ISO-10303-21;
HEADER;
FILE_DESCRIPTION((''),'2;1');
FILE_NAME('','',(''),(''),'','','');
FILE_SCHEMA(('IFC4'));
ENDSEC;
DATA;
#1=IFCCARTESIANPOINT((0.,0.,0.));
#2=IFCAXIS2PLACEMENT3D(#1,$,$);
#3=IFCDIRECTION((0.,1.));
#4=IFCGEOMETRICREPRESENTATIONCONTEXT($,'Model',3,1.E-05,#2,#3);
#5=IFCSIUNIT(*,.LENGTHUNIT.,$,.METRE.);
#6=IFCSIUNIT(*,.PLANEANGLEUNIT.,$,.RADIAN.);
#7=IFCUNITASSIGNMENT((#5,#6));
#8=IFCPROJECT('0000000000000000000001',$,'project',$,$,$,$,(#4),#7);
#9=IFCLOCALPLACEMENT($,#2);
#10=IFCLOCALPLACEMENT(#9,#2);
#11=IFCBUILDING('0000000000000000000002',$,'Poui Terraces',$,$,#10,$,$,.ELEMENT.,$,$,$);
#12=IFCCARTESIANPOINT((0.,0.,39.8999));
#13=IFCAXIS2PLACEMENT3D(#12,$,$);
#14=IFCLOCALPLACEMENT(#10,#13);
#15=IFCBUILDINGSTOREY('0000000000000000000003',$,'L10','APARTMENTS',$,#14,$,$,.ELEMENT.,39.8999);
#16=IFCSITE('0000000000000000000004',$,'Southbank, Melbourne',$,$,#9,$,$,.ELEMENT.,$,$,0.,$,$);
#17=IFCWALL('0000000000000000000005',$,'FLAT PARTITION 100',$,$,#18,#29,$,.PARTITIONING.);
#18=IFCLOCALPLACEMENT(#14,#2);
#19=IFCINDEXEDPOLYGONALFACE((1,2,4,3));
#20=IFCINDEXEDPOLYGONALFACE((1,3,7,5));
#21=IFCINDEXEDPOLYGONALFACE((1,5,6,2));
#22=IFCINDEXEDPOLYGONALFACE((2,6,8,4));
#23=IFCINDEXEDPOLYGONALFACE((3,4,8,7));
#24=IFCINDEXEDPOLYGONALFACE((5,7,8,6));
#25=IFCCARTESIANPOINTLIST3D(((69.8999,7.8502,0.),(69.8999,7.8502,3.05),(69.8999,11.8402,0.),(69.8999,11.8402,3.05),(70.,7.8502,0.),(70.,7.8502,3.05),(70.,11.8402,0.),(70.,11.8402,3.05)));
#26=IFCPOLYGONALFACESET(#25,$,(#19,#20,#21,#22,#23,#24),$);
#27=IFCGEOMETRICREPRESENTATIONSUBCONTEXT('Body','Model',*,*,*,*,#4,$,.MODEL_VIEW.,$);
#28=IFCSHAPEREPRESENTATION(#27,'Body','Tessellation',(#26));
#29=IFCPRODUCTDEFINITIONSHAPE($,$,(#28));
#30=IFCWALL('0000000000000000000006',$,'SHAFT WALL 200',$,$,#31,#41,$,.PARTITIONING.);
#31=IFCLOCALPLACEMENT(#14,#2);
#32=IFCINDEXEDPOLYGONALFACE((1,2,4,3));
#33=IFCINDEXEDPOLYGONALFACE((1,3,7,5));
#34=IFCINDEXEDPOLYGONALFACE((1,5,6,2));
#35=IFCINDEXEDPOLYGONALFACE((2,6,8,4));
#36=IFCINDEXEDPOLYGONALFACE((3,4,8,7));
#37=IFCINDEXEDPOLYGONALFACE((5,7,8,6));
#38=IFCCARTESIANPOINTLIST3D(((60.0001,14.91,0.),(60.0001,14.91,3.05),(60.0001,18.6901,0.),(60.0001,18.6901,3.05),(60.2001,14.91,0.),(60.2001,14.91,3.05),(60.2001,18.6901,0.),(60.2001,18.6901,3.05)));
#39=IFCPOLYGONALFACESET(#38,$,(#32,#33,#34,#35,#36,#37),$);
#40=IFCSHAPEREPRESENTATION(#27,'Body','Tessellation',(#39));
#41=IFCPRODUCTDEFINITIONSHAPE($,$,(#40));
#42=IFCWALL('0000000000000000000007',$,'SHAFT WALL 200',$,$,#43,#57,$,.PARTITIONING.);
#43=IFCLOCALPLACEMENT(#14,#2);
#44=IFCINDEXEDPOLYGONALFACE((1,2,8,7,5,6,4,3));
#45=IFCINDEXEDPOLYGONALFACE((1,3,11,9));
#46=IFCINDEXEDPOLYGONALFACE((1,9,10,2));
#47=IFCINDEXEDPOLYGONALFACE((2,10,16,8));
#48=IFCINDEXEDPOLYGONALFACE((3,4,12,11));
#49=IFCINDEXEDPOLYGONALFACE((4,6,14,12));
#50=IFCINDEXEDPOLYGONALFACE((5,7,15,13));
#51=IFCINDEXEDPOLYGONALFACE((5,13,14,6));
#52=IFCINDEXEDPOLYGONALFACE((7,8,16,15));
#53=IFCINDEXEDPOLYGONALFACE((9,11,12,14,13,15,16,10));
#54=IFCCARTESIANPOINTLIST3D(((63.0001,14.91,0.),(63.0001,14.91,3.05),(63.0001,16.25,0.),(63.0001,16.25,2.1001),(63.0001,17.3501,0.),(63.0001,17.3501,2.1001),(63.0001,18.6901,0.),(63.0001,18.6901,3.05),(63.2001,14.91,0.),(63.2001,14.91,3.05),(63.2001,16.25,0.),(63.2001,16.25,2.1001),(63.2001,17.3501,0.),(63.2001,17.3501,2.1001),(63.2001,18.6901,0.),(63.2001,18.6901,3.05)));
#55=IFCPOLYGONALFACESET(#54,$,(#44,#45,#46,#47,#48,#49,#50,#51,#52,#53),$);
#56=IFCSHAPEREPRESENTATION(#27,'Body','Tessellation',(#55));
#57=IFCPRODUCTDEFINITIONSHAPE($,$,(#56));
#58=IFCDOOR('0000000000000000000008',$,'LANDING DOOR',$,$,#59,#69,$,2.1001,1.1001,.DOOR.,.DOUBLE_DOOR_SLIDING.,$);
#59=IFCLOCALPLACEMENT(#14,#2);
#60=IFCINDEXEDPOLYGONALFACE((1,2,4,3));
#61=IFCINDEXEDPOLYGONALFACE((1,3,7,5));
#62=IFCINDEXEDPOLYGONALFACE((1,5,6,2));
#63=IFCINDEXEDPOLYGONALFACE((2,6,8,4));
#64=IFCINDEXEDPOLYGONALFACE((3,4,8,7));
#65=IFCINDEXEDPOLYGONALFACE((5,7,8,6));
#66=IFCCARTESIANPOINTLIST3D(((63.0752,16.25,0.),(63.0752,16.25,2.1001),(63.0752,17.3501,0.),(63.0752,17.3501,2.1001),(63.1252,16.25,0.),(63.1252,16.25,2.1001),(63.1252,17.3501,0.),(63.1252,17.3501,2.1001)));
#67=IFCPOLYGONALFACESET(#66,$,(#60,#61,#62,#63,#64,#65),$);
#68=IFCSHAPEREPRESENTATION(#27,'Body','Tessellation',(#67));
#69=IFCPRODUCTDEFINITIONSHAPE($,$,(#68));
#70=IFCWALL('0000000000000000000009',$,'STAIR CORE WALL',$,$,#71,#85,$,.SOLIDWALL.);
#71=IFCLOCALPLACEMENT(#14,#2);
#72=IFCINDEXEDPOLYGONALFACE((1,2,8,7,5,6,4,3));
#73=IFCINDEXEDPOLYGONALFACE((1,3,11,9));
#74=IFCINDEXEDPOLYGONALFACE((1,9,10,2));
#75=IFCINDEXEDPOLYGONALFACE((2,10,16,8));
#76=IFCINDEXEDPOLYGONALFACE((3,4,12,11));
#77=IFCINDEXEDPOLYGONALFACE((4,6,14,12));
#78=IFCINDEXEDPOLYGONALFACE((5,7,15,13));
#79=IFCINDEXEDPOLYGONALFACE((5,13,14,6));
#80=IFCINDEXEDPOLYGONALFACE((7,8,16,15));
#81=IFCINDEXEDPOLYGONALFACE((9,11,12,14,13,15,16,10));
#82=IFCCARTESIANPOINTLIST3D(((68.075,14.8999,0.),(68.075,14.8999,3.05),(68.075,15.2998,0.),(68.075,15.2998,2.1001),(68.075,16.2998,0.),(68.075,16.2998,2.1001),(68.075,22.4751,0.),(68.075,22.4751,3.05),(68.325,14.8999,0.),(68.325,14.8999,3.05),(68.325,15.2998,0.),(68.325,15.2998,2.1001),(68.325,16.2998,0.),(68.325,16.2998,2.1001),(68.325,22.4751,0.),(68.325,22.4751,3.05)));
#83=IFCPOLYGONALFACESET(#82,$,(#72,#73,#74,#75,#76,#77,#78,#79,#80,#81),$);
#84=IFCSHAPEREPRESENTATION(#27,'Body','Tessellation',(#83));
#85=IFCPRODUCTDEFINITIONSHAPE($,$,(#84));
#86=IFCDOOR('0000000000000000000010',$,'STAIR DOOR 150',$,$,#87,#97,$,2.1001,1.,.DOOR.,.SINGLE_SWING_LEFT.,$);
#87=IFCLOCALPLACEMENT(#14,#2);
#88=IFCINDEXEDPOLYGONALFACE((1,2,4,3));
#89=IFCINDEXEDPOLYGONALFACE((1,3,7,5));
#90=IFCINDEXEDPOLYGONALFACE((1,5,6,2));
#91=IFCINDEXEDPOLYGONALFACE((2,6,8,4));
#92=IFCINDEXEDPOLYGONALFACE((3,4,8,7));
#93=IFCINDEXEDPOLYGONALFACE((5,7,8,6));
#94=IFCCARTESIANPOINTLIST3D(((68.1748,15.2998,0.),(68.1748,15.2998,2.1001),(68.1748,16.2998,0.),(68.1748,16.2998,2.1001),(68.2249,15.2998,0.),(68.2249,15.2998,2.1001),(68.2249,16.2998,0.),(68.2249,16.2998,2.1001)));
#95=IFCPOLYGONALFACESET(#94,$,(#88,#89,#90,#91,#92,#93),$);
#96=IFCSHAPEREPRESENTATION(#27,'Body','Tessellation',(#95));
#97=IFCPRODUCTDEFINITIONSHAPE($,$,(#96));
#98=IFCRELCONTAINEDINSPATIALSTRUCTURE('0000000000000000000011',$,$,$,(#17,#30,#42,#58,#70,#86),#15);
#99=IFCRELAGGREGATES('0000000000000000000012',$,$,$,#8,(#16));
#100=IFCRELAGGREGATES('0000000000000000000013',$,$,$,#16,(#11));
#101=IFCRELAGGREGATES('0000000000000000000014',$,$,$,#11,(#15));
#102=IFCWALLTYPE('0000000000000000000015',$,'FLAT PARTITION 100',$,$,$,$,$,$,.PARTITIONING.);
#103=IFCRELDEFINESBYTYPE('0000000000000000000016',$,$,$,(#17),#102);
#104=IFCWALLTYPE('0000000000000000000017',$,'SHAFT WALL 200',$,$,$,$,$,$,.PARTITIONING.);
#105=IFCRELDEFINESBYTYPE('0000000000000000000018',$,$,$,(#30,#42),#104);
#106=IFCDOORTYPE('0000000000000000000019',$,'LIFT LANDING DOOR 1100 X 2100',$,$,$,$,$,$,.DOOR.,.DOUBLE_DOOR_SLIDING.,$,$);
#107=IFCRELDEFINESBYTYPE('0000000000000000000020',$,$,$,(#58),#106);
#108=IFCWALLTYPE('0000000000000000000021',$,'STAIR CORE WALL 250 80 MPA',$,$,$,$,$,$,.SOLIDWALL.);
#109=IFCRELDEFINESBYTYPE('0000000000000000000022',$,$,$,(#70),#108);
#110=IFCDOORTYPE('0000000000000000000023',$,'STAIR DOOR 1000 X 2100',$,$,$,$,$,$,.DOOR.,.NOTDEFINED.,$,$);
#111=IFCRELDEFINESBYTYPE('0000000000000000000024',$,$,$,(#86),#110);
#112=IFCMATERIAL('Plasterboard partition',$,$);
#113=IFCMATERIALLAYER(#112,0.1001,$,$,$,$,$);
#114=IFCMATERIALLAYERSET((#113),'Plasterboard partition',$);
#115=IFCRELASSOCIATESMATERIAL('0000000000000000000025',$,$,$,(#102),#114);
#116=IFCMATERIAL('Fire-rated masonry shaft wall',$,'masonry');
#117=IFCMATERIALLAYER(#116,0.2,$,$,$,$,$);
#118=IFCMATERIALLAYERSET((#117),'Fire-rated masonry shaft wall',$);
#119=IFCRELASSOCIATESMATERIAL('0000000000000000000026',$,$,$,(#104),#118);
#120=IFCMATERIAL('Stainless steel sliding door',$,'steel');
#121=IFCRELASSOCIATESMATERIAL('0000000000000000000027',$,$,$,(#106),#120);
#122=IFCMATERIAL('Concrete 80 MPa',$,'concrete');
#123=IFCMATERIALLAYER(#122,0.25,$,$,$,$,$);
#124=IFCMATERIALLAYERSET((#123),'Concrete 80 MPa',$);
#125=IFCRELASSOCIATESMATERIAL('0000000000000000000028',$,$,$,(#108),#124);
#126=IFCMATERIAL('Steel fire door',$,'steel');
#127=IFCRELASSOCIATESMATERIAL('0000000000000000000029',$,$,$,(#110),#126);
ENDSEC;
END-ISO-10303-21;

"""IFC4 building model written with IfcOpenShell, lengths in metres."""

from ifc_helpers import new_model, si_unit, direction, frame, frame_2d, origin, place, context, subcontext, project, spatial, rectangle, extrude, material, layer, layer_set, type_object, element, fill, save


model = new_model("IFC4")

# Units and contexts
model_context = context("Model", 3, precision=1e-05, world=origin(), true_north=direction((0.0, 1.0)))
body_context = subcontext(model_context, "Body", "Model", "MODEL_VIEW")
ifc_project = project(units=[si_unit("LENGTHUNIT", "METRE"), si_unit("PLANEANGLEUNIT", "RADIAN")], contexts=[model_context])

# Site, building, storey
site_placement = place(None, origin())
site = spatial("IfcSite", under=ifc_project, at=site_placement, Name="Southbank, Melbourne", CompositionType="ELEMENT", RefElevation=0.0)
building_placement = place(site_placement, origin())
building = spatial("IfcBuilding", under=site, at=building_placement, Name="Poui Terraces", CompositionType="ELEMENT")
storey_placement = place(building_placement, frame((0.0, 0.0, 39.8999)))
storey = spatial("IfcBuildingStorey", under=building, at=storey_placement, Name="L10", Description="APARTMENTS", CompositionType="ELEMENT", Elevation=39.8999)

# Shared definitions
ifc_material_1 = material(Name="Concrete 80 MPa", Category="concrete")

# Shared definitions
ifc_material_2 = material(Name="Steel fire door", Category="steel")
ifc_material_3 = material(Name="Plasterboard partition")
ifc_layer_1 = layer(ifc_material_3, 0.1001)
ifc_layer_set_1 = layer_set([ifc_layer_1], Name="Plasterboard partition")
wall_type_1 = type_object("IfcWallType", Name="FLAT PARTITION 100", PredefinedType="PARTITIONING", material=ifc_layer_set_1)

# Walls
wall_1_placement = place(storey_placement, frame((69.95, 7.8501, 0.0), z_axis=(0.0, 0.0, 1.0), x_axis=(0.0, 1.0, 0.0)))
element("IfcWall", 1, at=wall_1_placement, inside=storey, type_object=wall_type_1, Name="FLAT PARTITION 100", PredefinedType="PARTITIONING", context=body_context, shape_type="SweptSolid", body=[
    extrude(rectangle(XDim=3.99, YDim=0.1001, at=frame_2d((1.9951, 0.0))), origin(), (0.0, 0.0, 1.0), 3.05),
])
ifc_material_4 = material(Name="Fire-rated masonry shaft wall", Category="masonry")
ifc_layer_2 = layer(ifc_material_4, 0.2)
ifc_layer_set_2 = layer_set([ifc_layer_2], Name="Fire-rated masonry shaft wall")
wall_type_2 = type_object("IfcWallType", Name="SHAFT WALL 200", PredefinedType="PARTITIONING", material=ifc_layer_set_2)
wall_2_placement = place(storey_placement, frame((60.1001, 14.9099, 0.0), z_axis=(0.0, 0.0, 1.0), x_axis=(0.0, 1.0, 0.0)))
element("IfcWall", 2, at=wall_2_placement, inside=storey, type_object=wall_type_2, Name="SHAFT WALL 200", PredefinedType="PARTITIONING", context=body_context, shape_type="SweptSolid", body=[
    extrude(rectangle(XDim=3.78, YDim=0.2, at=frame_2d((1.8901, 0.0))), origin(), (0.0, 0.0, 1.0), 3.05),
])

# Walls, openings, doors
wall_3_placement = place(storey_placement, frame((63.1001, 14.9099, 0.0), z_axis=(0.0, 0.0, 1.0), x_axis=(0.0, 1.0, 0.0)))
wall_3 = element("IfcWall", 3, at=wall_3_placement, inside=storey, type_object=wall_type_2, Name="SHAFT WALL 200", PredefinedType="PARTITIONING", context=body_context, shape_type="SweptSolid", body=[
    extrude(rectangle(XDim=3.78, YDim=0.2, at=frame_2d((1.8901, 0.0))), origin(), (0.0, 0.0, 1.0), 3.05),
])
opening_1_placement = place(wall_3_placement, frame((1.3401, 0.0, 0.0)))
opening_1 = element("IfcOpeningElement", 4, at=opening_1_placement, cuts=wall_3, PredefinedType="OPENING", context=body_context, shape_type="SweptSolid", body=[
    extrude(rectangle(XDim=1.1001, YDim=2.1001, at=frame_2d((0.55, 1.05))), frame((0.0, 0.1099, 0.0), z_axis=(0.0, -1.0, 0.0), x_axis=(1.0, 0.0, 0.0)), (0.0, 0.0, 1.0), 0.22),
])
ifc_material_5 = material(Name="Stainless steel sliding door", Category="steel")
door_type_1 = type_object("IfcDoorType", Name="LIFT LANDING DOOR 1100 X 2100", OperationType="DOUBLE_DOOR_SLIDING", PredefinedType="DOOR", material=ifc_material_5)
door_1_placement = place(opening_1_placement, origin())
door_1 = element("IfcDoor", 5, at=door_1_placement, inside=storey, type_object=door_type_1, Name="LANDING DOOR", OperationType="DOUBLE_DOOR_SLIDING", OverallHeight=2.1001, OverallWidth=1.1001, PredefinedType="DOOR", context=body_context, shape_type="SweptSolid", body=[
    extrude(rectangle(XDim=1.1001, YDim=2.1001, at=frame_2d((0.55, 1.05))), frame((0.0, 0.0249, 0.0), z_axis=(0.0, -1.0, 0.0), x_axis=(1.0, 0.0, 0.0)), (0.0, 0.0, 1.0), 0.05),
])
fill(opening_1, door_1)
ifc_layer_3 = layer(ifc_material_1, 0.25)
ifc_layer_set_3 = layer_set([ifc_layer_3], Name="Concrete 80 MPa")
wall_type_3 = type_object("IfcWallType", Name="STAIR CORE WALL 250 80 MPA", PredefinedType="SOLIDWALL", material=ifc_layer_set_3)
wall_4_placement = place(storey_placement, frame((68.2, 14.8999, 0.0), z_axis=(0.0, 0.0, 1.0), x_axis=(0.0, 1.0, 0.0)))
wall_4 = element("IfcWall", 6, at=wall_4_placement, inside=storey, type_object=wall_type_3, Name="STAIR CORE WALL", PredefinedType="SOLIDWALL", context=body_context, shape_type="SweptSolid", body=[
    extrude(rectangle(XDim=7.5752, YDim=0.25, at=frame_2d((3.7876, 0.0))), origin(), (0.0, 0.0, 1.0), 3.05),
])
opening_2_placement = place(wall_4_placement, frame((0.3999, 0.0, 0.0)))
opening_2 = element("IfcOpeningElement", 7, at=opening_2_placement, cuts=wall_4, PredefinedType="OPENING", context=body_context, shape_type="SweptSolid", body=[
    extrude(rectangle(XDim=1.0, YDim=2.1001, at=frame_2d((0.5, 1.05))), frame((0.0, 0.135, 0.0), z_axis=(0.0, -1.0, 0.0), x_axis=(1.0, 0.0, 0.0)), (0.0, 0.0, 1.0), 0.27),
])
door_type_2 = type_object("IfcDoorType", Name="STAIR DOOR 1000 X 2100", OperationType="NOTDEFINED", PredefinedType="DOOR", material=ifc_material_2)
door_2_placement = place(opening_2_placement, frame((1.0, 0.0, 0.0), z_axis=(0.0, 0.0, 1.0), x_axis=(-1.0, 0.0, 0.0)))
door_2 = element("IfcDoor", 8, at=door_2_placement, inside=storey, type_object=door_type_2, Name="STAIR DOOR 150", OperationType="SINGLE_SWING_LEFT", OverallHeight=2.1001, OverallWidth=1.0, PredefinedType="DOOR", context=body_context, shape_type="SweptSolid", body=[
    extrude(rectangle(XDim=1.0, YDim=2.1001, at=frame_2d((0.5, 1.05))), frame((0.0, 0.0249, 0.0), z_axis=(0.0, -1.0, 0.0), x_axis=(1.0, 0.0, 0.0)), (0.0, 0.0, 1.0), 0.05),
])
fill(opening_2, door_2)

save(model, "model.ifc")
